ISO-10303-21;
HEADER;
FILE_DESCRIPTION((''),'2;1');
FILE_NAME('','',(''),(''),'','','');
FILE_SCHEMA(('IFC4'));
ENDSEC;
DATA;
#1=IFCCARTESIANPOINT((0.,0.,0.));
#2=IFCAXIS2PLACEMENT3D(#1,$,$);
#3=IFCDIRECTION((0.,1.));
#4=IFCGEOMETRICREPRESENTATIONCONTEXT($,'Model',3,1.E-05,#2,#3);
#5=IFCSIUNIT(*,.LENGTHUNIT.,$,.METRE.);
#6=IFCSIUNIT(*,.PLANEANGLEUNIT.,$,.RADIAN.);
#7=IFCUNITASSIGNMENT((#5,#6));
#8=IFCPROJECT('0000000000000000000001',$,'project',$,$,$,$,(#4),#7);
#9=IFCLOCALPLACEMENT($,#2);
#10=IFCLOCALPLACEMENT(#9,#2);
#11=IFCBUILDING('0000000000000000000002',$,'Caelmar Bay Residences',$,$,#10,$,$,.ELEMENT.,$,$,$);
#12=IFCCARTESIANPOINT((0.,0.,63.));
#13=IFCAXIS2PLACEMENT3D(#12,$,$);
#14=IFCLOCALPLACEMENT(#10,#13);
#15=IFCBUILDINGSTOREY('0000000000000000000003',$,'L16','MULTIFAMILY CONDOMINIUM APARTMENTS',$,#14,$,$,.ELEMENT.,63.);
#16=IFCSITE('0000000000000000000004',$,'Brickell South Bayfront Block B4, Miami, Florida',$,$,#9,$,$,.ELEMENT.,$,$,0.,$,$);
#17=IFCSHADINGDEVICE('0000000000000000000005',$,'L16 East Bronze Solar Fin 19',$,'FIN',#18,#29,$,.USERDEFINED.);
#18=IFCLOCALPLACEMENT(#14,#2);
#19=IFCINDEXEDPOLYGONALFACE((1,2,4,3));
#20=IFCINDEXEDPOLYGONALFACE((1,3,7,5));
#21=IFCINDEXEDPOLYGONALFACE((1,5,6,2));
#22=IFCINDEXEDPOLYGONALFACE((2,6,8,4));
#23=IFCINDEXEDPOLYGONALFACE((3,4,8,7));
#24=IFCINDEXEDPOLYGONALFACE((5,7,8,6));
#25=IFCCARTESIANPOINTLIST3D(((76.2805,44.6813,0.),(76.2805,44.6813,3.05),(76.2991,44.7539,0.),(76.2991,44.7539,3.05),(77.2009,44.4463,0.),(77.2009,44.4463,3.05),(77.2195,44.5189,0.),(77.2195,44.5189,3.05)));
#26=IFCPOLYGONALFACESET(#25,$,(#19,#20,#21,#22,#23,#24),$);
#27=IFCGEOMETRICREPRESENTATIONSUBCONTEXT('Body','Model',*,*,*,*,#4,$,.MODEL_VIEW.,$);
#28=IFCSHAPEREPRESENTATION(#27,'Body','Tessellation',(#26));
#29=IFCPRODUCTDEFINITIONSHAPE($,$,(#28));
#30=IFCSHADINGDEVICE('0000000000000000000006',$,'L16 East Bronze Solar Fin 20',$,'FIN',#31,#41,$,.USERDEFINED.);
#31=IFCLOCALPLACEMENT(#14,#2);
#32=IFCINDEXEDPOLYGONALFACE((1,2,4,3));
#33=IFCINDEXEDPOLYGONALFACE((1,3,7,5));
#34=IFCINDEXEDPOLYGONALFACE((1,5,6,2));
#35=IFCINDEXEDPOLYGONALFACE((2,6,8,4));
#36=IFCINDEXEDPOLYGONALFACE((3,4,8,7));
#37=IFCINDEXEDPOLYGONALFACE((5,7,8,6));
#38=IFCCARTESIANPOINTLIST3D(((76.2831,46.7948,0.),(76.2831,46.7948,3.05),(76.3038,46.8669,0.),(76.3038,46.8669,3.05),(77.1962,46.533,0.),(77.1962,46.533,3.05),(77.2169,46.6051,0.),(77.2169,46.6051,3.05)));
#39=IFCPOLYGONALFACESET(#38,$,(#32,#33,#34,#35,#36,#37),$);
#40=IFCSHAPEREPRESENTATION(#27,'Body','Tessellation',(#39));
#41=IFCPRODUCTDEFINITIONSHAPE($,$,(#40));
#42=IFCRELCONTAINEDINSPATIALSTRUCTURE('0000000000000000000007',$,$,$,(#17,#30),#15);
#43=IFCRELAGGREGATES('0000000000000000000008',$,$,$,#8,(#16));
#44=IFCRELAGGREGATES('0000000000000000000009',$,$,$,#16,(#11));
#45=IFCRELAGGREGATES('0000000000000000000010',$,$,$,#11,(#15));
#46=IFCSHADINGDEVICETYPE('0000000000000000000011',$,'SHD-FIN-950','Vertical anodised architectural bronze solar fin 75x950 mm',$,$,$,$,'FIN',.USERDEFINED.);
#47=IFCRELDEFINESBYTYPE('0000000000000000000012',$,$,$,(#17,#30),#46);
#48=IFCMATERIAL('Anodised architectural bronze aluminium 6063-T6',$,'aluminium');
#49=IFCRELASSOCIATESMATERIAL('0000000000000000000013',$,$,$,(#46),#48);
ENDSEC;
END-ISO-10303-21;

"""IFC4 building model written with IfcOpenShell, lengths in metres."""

from ifc_helpers import new_model, si_unit, direction, frame, origin, origin_2d, place, context, subcontext, project, spatial, rectangle, extrude, material, material_profile, profile_set, type_object, element, save


model = new_model("IFC4")

# Units and contexts
model_context = context("Model", 3, precision=1e-05, world=origin(), true_north=direction((0.0, 1.0)))
body_context = subcontext(model_context, "Body", "Model", "MODEL_VIEW")
ifc_project = project(units=[si_unit("LENGTHUNIT", "METRE"), si_unit("PLANEANGLEUNIT", "RADIAN")], contexts=[model_context])

# Site, building, storey
site_placement = place(None, origin())
site = spatial("IfcSite", under=ifc_project, at=site_placement, Name="Brickell South Bayfront Block B4, Miami, Florida", CompositionType="ELEMENT", RefElevation=0.0)
building_placement = place(site_placement, origin())
building = spatial("IfcBuilding", under=site, at=building_placement, Name="Caelmar Bay Residences", CompositionType="ELEMENT")
storey_placement = place(building_placement, frame((0.0, 0.0, 63.0)))
storey = spatial("IfcBuildingStorey", under=building, at=storey_placement, Name="L16", Description="MULTIFAMILY CONDOMINIUM APARTMENTS", CompositionType="ELEMENT", Elevation=63.0)

# Shading devices
ifc_material_1 = material(Name="Anodised architectural bronze aluminium 6063-T6", Category="aluminium")
ifc_material_profile_1 = material_profile(ifc_material_1, rectangle(XDim=0.075, YDim=0.95, at=origin_2d()), Name="BRONZE-FIN-75X950")
ifc_profile_set_1 = profile_set([ifc_material_profile_1], Name="Anodised architectural bronze aluminium 6063-T6")
shading_device_type = type_object("IfcShadingDeviceType", Name="SHD-FIN-950", Description="Vertical anodised architectural bronze solar fin 75x950 mm", ElementType="FIN", PredefinedType="USERDEFINED", material=ifc_profile_set_1)
for number, where, z_axis, x_axis, name in (
    (1, (76.75, 44.6001, 0.0), (0.0, 0.0, 1.0), (0.247337, 0.968929, 0.0), "L16 East Bronze Solar Fin 19"),
    (2, (76.75, 46.7, 0.0), (0.0, 0.0, 1.0), (0.275637, 0.961262, 0.0), "L16 East Bronze Solar Fin 20"),
):
    element("IfcShadingDevice", number, at=place(storey_placement, frame(where, z_axis=z_axis, x_axis=x_axis)), inside=storey, type_object=shading_device_type, Name=name, ObjectType="FIN", PredefinedType="USERDEFINED", context=body_context, shape_type="SweptSolid", body=[
        extrude(rectangle(XDim=0.075, YDim=0.95, at=origin_2d()), origin(), (0.0, 0.0, 1.0), 3.05),
    ])

save(model, "model.ifc")
